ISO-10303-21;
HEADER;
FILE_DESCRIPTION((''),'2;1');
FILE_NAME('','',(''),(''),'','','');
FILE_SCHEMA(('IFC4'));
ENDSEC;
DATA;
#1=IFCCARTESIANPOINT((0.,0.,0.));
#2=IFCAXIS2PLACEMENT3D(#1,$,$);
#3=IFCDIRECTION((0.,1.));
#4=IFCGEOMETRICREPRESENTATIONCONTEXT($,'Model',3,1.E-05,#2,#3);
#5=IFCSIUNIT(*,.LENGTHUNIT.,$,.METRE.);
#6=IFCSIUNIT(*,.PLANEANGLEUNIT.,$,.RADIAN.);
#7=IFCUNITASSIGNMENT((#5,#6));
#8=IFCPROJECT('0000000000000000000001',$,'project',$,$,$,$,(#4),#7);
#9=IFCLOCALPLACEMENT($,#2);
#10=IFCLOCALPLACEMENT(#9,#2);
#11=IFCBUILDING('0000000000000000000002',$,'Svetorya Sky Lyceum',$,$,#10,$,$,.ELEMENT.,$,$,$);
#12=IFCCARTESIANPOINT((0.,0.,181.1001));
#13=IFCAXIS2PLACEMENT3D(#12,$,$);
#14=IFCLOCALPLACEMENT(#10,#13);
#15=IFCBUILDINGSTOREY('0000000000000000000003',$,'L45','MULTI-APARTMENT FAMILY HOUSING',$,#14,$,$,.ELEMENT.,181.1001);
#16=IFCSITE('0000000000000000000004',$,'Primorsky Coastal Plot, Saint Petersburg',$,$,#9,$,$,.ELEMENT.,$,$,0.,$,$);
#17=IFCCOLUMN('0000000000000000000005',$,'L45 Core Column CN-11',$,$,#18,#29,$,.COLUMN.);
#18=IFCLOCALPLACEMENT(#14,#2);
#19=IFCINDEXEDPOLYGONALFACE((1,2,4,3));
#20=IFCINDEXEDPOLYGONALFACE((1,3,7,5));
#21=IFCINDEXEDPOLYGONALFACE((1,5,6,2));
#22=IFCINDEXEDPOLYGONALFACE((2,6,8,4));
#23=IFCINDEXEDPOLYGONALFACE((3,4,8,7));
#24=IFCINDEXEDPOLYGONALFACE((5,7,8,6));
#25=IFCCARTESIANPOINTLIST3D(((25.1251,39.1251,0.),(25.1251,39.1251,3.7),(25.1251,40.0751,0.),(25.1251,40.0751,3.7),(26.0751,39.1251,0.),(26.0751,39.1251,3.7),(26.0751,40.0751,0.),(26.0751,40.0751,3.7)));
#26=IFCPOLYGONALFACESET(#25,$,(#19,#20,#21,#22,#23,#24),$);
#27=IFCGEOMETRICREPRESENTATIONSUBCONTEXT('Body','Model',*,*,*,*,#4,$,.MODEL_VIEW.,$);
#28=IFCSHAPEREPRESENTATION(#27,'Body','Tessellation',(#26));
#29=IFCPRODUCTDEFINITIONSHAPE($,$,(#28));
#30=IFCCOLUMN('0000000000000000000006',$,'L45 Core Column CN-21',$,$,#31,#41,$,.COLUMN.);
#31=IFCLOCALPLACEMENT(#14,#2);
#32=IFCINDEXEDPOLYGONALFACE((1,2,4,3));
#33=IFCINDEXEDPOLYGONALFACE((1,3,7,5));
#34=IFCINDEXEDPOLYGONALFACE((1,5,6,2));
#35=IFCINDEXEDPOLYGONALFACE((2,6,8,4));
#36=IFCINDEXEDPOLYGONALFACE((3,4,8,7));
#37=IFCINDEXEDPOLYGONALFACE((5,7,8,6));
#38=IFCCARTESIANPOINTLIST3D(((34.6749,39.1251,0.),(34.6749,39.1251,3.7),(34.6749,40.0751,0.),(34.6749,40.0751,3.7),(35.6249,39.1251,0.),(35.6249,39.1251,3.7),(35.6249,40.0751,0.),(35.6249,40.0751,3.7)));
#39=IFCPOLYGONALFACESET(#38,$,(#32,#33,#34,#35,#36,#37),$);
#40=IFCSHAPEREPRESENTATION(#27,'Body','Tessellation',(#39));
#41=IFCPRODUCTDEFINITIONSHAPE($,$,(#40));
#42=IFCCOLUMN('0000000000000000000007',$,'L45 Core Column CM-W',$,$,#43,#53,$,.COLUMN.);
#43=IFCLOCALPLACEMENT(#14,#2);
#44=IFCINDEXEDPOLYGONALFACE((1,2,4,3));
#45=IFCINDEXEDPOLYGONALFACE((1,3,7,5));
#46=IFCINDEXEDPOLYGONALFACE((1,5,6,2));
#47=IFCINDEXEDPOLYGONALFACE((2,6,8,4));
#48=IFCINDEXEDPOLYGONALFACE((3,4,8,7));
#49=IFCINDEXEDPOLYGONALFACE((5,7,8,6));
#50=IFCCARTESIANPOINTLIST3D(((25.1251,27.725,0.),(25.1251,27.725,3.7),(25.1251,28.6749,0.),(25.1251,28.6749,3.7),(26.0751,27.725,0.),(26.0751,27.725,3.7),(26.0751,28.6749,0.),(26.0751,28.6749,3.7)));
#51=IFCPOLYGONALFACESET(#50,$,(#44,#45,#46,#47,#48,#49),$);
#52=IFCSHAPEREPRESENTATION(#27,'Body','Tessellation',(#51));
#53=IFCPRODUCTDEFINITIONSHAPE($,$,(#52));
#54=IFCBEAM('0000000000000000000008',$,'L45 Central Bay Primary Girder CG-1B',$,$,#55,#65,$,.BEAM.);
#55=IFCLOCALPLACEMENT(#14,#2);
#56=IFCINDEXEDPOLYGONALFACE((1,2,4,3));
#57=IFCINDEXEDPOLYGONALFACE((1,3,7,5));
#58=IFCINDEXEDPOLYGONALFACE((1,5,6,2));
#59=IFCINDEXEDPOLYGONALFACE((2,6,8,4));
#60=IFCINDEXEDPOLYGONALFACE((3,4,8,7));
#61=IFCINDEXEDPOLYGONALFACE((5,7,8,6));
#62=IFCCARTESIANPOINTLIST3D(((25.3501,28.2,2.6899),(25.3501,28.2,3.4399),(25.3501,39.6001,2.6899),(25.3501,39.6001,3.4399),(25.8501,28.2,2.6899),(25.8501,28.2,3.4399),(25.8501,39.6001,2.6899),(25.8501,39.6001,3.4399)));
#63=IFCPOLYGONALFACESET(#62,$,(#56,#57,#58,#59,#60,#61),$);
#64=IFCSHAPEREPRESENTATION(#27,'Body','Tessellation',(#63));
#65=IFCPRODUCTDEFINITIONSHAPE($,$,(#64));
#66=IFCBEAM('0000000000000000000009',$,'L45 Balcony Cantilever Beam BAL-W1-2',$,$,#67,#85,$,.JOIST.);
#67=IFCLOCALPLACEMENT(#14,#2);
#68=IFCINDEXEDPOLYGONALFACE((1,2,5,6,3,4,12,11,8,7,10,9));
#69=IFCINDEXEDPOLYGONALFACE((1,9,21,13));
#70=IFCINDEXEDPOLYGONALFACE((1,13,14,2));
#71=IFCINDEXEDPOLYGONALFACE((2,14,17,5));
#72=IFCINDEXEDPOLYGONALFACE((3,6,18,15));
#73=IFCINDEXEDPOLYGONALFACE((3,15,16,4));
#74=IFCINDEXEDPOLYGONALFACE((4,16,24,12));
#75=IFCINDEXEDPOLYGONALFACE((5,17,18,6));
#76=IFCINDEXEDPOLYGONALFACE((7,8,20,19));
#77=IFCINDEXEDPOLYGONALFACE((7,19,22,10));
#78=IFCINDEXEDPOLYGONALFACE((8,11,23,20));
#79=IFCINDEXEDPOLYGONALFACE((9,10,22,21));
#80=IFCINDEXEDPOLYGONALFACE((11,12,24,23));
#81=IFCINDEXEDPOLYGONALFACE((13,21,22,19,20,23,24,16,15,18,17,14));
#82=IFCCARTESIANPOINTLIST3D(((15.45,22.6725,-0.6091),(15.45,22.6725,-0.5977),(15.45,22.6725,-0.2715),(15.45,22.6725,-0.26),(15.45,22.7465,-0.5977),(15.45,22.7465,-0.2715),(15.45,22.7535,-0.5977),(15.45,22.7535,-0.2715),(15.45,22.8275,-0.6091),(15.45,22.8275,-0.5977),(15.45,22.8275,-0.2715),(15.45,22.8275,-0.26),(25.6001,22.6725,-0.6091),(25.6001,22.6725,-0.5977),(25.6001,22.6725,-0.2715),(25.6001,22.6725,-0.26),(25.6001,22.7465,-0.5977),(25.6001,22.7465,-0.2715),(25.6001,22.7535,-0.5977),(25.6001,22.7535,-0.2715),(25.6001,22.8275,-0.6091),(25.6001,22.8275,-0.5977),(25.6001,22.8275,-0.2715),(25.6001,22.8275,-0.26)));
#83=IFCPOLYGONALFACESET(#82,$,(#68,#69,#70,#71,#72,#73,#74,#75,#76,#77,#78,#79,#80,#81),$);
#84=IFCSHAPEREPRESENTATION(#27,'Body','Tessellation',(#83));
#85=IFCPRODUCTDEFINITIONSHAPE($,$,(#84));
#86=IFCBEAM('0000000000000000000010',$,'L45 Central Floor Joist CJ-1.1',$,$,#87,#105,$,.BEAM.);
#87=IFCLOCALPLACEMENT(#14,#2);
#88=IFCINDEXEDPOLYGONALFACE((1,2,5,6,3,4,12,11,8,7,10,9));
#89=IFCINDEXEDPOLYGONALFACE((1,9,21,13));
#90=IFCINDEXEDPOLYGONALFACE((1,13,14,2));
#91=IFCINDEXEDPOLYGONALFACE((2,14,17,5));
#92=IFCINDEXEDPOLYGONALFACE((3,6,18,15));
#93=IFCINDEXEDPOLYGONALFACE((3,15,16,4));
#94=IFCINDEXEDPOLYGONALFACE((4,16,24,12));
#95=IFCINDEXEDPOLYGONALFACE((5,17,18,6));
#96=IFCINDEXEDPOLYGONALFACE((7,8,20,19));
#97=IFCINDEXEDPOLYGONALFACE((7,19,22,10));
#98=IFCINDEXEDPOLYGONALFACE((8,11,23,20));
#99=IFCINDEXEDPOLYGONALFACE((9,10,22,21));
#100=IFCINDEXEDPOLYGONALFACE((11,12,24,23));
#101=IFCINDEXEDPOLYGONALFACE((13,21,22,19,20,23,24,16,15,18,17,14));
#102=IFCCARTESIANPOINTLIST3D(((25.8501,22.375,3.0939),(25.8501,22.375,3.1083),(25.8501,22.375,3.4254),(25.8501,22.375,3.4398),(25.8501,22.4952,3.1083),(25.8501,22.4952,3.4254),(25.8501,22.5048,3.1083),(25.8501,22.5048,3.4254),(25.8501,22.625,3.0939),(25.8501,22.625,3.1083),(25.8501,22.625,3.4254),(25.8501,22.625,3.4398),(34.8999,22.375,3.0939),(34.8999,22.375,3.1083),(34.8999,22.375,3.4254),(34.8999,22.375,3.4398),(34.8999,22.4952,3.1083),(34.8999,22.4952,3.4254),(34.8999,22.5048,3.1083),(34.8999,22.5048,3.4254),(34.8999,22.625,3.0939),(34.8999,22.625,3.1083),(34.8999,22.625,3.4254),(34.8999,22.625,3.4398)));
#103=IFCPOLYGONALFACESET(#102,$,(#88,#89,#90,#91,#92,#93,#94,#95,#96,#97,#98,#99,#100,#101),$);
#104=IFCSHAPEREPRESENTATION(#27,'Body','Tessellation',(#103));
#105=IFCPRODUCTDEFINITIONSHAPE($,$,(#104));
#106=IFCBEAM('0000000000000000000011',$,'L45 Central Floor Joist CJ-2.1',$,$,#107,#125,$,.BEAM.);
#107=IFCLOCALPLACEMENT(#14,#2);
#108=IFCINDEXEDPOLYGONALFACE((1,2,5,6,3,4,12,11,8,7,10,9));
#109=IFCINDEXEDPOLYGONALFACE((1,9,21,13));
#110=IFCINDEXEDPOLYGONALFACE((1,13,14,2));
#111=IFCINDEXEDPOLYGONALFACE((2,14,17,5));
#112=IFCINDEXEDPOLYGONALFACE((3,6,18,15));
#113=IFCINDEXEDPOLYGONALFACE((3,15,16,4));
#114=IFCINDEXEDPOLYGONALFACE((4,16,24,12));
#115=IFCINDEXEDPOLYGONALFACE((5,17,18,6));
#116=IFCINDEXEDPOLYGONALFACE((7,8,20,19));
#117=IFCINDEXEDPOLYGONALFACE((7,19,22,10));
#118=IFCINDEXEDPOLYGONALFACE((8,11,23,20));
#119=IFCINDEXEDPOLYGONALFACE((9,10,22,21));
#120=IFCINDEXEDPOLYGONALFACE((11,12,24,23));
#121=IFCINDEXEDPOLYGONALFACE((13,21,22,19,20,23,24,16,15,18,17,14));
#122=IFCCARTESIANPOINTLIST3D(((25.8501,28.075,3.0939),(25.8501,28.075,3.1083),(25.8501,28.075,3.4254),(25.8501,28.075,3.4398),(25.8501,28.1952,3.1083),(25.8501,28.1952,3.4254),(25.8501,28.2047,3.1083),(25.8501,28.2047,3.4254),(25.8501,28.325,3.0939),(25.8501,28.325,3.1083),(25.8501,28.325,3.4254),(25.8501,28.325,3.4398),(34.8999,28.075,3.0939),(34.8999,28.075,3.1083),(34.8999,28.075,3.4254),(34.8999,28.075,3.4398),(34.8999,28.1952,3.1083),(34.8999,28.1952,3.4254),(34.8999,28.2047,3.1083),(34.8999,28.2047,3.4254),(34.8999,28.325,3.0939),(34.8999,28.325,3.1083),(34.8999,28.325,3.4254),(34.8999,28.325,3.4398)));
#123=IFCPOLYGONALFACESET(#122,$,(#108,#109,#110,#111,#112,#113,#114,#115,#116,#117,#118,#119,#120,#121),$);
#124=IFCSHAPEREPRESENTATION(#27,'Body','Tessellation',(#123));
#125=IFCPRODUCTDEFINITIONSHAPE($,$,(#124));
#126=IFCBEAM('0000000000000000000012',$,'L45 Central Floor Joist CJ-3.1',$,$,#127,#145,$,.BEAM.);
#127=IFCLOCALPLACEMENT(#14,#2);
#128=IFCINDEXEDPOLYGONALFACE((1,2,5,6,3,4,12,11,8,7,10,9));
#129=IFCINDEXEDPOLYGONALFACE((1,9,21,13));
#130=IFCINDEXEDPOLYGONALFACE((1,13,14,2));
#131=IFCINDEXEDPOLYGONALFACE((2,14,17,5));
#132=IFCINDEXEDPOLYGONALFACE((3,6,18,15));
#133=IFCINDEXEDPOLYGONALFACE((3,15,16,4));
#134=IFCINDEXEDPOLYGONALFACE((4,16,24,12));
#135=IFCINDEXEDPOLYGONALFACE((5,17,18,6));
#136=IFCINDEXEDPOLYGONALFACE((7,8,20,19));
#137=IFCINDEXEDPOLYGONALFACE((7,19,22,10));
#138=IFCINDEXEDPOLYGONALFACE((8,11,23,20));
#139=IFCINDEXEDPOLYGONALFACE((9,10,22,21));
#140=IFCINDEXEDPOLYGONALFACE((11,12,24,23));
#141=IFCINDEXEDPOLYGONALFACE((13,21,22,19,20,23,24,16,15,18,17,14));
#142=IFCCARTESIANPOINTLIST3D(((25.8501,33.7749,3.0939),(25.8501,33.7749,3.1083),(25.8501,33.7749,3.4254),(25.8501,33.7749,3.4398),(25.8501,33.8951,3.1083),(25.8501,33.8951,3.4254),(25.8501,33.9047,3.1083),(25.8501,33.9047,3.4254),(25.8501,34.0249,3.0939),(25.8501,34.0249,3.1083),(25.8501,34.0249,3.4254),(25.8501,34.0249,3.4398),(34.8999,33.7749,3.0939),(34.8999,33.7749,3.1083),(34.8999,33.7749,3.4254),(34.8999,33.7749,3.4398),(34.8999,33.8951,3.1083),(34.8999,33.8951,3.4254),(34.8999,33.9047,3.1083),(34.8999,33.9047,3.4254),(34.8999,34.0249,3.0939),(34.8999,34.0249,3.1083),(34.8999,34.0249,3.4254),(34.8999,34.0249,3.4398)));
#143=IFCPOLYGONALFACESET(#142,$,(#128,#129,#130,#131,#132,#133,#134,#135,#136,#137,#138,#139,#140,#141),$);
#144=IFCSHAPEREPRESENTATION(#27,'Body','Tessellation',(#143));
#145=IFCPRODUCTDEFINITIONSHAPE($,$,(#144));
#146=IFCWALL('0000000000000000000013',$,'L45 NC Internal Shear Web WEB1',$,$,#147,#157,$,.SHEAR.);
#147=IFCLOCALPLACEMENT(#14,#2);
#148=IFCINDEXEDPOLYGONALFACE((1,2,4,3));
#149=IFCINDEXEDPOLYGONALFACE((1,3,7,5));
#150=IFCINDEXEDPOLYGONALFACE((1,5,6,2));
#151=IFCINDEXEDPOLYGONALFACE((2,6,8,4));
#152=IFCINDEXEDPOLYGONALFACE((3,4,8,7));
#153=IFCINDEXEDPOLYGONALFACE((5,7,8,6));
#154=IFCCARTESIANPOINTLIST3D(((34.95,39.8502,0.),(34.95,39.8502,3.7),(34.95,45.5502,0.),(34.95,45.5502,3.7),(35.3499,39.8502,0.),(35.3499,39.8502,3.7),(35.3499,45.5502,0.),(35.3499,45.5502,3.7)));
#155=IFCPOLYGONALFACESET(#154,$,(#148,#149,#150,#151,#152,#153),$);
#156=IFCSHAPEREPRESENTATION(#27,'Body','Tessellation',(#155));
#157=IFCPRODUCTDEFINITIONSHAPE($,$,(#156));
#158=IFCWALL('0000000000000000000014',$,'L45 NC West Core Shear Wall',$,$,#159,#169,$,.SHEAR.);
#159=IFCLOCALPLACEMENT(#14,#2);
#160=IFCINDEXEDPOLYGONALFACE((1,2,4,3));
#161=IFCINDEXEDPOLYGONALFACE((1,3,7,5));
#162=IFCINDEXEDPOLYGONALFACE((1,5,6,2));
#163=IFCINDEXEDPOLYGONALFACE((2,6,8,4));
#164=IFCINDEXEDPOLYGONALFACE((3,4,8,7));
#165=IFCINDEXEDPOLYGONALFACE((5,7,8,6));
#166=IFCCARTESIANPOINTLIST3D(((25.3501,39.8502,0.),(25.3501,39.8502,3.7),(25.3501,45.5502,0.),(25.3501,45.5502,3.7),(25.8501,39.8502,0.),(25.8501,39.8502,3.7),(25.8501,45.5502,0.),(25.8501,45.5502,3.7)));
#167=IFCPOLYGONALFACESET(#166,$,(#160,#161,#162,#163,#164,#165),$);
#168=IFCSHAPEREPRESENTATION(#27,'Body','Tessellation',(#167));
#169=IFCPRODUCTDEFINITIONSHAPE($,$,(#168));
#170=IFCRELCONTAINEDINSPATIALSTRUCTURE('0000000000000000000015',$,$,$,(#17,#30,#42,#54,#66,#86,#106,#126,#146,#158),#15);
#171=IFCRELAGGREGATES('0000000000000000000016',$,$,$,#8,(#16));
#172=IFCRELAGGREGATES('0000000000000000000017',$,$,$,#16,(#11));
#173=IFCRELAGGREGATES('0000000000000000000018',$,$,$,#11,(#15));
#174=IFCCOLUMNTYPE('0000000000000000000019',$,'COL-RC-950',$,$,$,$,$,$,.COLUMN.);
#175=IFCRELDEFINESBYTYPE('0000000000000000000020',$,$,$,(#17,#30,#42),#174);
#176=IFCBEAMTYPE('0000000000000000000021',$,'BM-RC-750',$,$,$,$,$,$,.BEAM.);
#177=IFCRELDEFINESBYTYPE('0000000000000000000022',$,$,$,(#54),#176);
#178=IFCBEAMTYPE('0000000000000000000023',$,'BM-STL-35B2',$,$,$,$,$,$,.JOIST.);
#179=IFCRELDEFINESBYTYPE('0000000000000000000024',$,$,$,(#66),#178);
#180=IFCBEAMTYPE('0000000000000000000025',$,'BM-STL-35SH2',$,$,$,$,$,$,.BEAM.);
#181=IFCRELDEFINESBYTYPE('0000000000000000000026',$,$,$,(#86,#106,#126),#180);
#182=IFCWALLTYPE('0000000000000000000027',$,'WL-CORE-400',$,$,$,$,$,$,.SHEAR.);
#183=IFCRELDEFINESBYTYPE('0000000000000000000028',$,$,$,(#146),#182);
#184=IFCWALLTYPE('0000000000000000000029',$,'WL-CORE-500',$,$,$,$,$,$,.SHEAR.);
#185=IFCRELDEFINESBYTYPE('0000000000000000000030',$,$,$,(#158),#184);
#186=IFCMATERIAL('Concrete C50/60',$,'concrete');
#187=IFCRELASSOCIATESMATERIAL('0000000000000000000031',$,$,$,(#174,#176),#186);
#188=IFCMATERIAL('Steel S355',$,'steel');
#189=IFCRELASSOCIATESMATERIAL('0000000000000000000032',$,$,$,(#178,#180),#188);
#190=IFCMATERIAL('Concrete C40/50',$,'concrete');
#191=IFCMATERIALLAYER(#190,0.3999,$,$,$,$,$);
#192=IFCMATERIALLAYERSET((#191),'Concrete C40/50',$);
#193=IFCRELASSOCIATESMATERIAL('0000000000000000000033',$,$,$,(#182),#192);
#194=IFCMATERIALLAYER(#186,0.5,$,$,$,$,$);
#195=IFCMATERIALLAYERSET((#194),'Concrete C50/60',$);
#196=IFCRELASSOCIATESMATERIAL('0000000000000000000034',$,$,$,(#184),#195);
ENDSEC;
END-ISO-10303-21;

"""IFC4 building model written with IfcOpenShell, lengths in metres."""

from ifc_helpers import new_model, si_unit, direction, frame, frame_2d, origin, origin_2d, place, context, subcontext, project, spatial, rectangle, i_section, extrude, material, layer, layer_set, material_profile, profile_set, type_object, element, save


model = new_model("IFC4")

# Units and contexts
model_context = context("Model", 3, precision=1e-05, world=origin(), true_north=direction((0.0, 1.0)))
body_context = subcontext(model_context, "Body", "Model", "MODEL_VIEW")
ifc_project = project(units=[si_unit("LENGTHUNIT", "METRE"), si_unit("PLANEANGLEUNIT", "RADIAN")], contexts=[model_context])

# Site, building, storey
site_placement = place(None, origin())
site = spatial("IfcSite", under=ifc_project, at=site_placement, Name="Primorsky Coastal Plot, Saint Petersburg", CompositionType="ELEMENT", RefElevation=0.0)
building_placement = place(site_placement, origin())
building = spatial("IfcBuilding", under=site, at=building_placement, Name="Svetorya Sky Lyceum", CompositionType="ELEMENT")
storey_placement = place(building_placement, frame((0.0, 0.0, 181.1001)))
storey = spatial("IfcBuildingStorey", under=building, at=storey_placement, Name="L45", Description="MULTI-APARTMENT FAMILY HOUSING", CompositionType="ELEMENT", Elevation=181.1001)

# Columns
ifc_material_1 = material(Name="Concrete C50/60", Category="concrete")
ifc_material_profile_1 = material_profile(ifc_material_1, rectangle(XDim=0.95, YDim=0.95, at=origin_2d()), Name="RC COL 950x950")
ifc_profile_set_1 = profile_set([ifc_material_profile_1], Name="Concrete C50/60")
column_type = type_object("IfcColumnType", Name="COL-RC-950", PredefinedType="COLUMN", material=ifc_profile_set_1)
for number, where, z_axis, x_axis, name in (
    (1, (25.6001, 39.6001, 0.0), (0.0, 0.0, 1.0), (1.0, 0.0, 0.0), "L45 Core Column CN-11"),
    (2, (35.1499, 39.6001, 0.0), (0.0, 0.0, 1.0), (1.0, 0.0, 0.0), "L45 Core Column CN-21"),
    (3, (25.6001, 28.2, 0.0), (0.0, 0.0, 1.0), (1.0, 0.0, 0.0), "L45 Core Column CM-W"),
):
    element("IfcColumn", number, at=place(storey_placement, frame(where, z_axis=z_axis, x_axis=x_axis)), inside=storey, type_object=column_type, Name=name, PredefinedType="COLUMN", context=body_context, shape_type="SweptSolid", body=[
        extrude(rectangle(XDim=0.95, YDim=0.95, at=origin_2d()), origin(), (0.0, 0.0, 1.0), 3.7),
    ])

# Beams
ifc_material_profile_2 = material_profile(ifc_material_1, rectangle(XDim=0.5, YDim=0.75, at=origin_2d()), Name="RC BEAM 500x750")
ifc_profile_set_2 = profile_set([ifc_material_profile_2], Name="Concrete C50/60")
beam_type_1 = type_object("IfcBeamType", Name="BM-RC-750", PredefinedType="BEAM", material=ifc_profile_set_2)
beam_1_placement = place(storey_placement, frame((25.6001, 28.2, 3.0649), z_axis=(0.0, 1.0, 0.0), x_axis=(-1.0, 0.0, 0.0)))
element("IfcBeam", 4, at=beam_1_placement, inside=storey, type_object=beam_type_1, Name="L45 Central Bay Primary Girder CG-1B", PredefinedType="BEAM", context=body_context, shape_type="SweptSolid", body=[
    extrude(rectangle(XDim=0.5, YDim=0.75, at=origin_2d()), origin(), (0.0, 0.0, 1.0), 11.4001),
])
ifc_material_2 = material(Name="Steel S355", Category="steel")
ifc_material_profile_3 = material_profile(ifc_material_2, i_section(OverallWidth=0.155, OverallDepth=0.3491, WebThickness=0.0071, FlangeThickness=0.0115, at=origin_2d()), Name="GOST 35B2")
ifc_profile_set_3 = profile_set([ifc_material_profile_3], Name="Steel S355")
beam_type_2 = type_object("IfcBeamType", Name="BM-STL-35B2", PredefinedType="JOIST", material=ifc_profile_set_3)
beam_2_placement = place(storey_placement, frame((25.6001, 22.75, -0.4346), z_axis=(-1.0, 0.0, 0.0), x_axis=(0.0, -1.0, 0.0)))
element("IfcBeam", 5, at=beam_2_placement, inside=storey, type_object=beam_type_2, Name="L45 Balcony Cantilever Beam BAL-W1-2", PredefinedType="JOIST", context=body_context, shape_type="SweptSolid", body=[
    extrude(i_section(OverallWidth=0.155, OverallDepth=0.3491, WebThickness=0.0071, FlangeThickness=0.0115, at=origin_2d()), origin(), (0.0, 0.0, 1.0), 10.1501),
])
ifc_material_profile_4 = material_profile(ifc_material_2, i_section(OverallWidth=0.25, OverallDepth=0.3459, WebThickness=0.0095, FlangeThickness=0.0144, at=origin_2d()), Name="GOST 35Sh2")
ifc_profile_set_4 = profile_set([ifc_material_profile_4], Name="Steel S355")
beam_type_3 = type_object("IfcBeamType", Name="BM-STL-35SH2", PredefinedType="BEAM", material=ifc_profile_set_4)
for number, where, z_axis, x_axis, name in (
    (6, (25.8501, 22.5, 3.2668), (1.0, 0.0, 0.0), (0.0, 1.0, 0.0), "L45 Central Floor Joist CJ-1.1"),
    (7, (25.8501, 28.2, 3.2668), (1.0, 0.0, 0.0), (0.0, 1.0, 0.0), "L45 Central Floor Joist CJ-2.1"),
    (8, (25.8501, 33.8999, 3.2668), (1.0, 0.0, 0.0), (0.0, 1.0, 0.0), "L45 Central Floor Joist CJ-3.1"),
):
    element("IfcBeam", number, at=place(storey_placement, frame(where, z_axis=z_axis, x_axis=x_axis)), inside=storey, type_object=beam_type_3, Name=name, PredefinedType="BEAM", context=body_context, shape_type="SweptSolid", body=[
        extrude(i_section(OverallWidth=0.25, OverallDepth=0.3459, WebThickness=0.0095, FlangeThickness=0.0144, at=origin_2d()), origin(), (0.0, 0.0, 1.0), 9.0498),
    ])

# Walls
ifc_material_3 = material(Name="Concrete C40/50", Category="concrete")
ifc_layer_1 = layer(ifc_material_3, 0.3999)
ifc_layer_set_1 = layer_set([ifc_layer_1], Name="Concrete C40/50")
wall_type_1 = type_object("IfcWallType", Name="WL-CORE-400", PredefinedType="SHEAR", material=ifc_layer_set_1)
wall_1_placement = place(storey_placement, frame((35.1499, 39.8501, 0.0), z_axis=(0.0, 0.0, 1.0), x_axis=(0.0, 1.0, 0.0)))
element("IfcWall", 9, at=wall_1_placement, inside=storey, type_object=wall_type_1, Name="L45 NC Internal Shear Web WEB1", PredefinedType="SHEAR", context=body_context, shape_type="SweptSolid", body=[
    extrude(rectangle(XDim=5.7, YDim=0.3999, at=frame_2d((2.8501, 0.0))), origin(), (0.0, 0.0, 1.0), 3.7),
])
ifc_layer_2 = layer(ifc_material_1, 0.5)
ifc_layer_set_2 = layer_set([ifc_layer_2], Name="Concrete C50/60")
wall_type_2 = type_object("IfcWallType", Name="WL-CORE-500", PredefinedType="SHEAR", material=ifc_layer_set_2)
wall_2_placement = place(storey_placement, frame((25.6001, 39.8501, 0.0), z_axis=(0.0, 0.0, 1.0), x_axis=(0.0, 1.0, 0.0)))
element("IfcWall", 10, at=wall_2_placement, inside=storey, type_object=wall_type_2, Name="L45 NC West Core Shear Wall", PredefinedType="SHEAR", context=body_context, shape_type="SweptSolid", body=[
    extrude(rectangle(XDim=5.7, YDim=0.5, at=frame_2d((2.8501, 0.0))), origin(), (0.0, 0.0, 1.0), 3.7),
])

save(model, "model.ifc")
